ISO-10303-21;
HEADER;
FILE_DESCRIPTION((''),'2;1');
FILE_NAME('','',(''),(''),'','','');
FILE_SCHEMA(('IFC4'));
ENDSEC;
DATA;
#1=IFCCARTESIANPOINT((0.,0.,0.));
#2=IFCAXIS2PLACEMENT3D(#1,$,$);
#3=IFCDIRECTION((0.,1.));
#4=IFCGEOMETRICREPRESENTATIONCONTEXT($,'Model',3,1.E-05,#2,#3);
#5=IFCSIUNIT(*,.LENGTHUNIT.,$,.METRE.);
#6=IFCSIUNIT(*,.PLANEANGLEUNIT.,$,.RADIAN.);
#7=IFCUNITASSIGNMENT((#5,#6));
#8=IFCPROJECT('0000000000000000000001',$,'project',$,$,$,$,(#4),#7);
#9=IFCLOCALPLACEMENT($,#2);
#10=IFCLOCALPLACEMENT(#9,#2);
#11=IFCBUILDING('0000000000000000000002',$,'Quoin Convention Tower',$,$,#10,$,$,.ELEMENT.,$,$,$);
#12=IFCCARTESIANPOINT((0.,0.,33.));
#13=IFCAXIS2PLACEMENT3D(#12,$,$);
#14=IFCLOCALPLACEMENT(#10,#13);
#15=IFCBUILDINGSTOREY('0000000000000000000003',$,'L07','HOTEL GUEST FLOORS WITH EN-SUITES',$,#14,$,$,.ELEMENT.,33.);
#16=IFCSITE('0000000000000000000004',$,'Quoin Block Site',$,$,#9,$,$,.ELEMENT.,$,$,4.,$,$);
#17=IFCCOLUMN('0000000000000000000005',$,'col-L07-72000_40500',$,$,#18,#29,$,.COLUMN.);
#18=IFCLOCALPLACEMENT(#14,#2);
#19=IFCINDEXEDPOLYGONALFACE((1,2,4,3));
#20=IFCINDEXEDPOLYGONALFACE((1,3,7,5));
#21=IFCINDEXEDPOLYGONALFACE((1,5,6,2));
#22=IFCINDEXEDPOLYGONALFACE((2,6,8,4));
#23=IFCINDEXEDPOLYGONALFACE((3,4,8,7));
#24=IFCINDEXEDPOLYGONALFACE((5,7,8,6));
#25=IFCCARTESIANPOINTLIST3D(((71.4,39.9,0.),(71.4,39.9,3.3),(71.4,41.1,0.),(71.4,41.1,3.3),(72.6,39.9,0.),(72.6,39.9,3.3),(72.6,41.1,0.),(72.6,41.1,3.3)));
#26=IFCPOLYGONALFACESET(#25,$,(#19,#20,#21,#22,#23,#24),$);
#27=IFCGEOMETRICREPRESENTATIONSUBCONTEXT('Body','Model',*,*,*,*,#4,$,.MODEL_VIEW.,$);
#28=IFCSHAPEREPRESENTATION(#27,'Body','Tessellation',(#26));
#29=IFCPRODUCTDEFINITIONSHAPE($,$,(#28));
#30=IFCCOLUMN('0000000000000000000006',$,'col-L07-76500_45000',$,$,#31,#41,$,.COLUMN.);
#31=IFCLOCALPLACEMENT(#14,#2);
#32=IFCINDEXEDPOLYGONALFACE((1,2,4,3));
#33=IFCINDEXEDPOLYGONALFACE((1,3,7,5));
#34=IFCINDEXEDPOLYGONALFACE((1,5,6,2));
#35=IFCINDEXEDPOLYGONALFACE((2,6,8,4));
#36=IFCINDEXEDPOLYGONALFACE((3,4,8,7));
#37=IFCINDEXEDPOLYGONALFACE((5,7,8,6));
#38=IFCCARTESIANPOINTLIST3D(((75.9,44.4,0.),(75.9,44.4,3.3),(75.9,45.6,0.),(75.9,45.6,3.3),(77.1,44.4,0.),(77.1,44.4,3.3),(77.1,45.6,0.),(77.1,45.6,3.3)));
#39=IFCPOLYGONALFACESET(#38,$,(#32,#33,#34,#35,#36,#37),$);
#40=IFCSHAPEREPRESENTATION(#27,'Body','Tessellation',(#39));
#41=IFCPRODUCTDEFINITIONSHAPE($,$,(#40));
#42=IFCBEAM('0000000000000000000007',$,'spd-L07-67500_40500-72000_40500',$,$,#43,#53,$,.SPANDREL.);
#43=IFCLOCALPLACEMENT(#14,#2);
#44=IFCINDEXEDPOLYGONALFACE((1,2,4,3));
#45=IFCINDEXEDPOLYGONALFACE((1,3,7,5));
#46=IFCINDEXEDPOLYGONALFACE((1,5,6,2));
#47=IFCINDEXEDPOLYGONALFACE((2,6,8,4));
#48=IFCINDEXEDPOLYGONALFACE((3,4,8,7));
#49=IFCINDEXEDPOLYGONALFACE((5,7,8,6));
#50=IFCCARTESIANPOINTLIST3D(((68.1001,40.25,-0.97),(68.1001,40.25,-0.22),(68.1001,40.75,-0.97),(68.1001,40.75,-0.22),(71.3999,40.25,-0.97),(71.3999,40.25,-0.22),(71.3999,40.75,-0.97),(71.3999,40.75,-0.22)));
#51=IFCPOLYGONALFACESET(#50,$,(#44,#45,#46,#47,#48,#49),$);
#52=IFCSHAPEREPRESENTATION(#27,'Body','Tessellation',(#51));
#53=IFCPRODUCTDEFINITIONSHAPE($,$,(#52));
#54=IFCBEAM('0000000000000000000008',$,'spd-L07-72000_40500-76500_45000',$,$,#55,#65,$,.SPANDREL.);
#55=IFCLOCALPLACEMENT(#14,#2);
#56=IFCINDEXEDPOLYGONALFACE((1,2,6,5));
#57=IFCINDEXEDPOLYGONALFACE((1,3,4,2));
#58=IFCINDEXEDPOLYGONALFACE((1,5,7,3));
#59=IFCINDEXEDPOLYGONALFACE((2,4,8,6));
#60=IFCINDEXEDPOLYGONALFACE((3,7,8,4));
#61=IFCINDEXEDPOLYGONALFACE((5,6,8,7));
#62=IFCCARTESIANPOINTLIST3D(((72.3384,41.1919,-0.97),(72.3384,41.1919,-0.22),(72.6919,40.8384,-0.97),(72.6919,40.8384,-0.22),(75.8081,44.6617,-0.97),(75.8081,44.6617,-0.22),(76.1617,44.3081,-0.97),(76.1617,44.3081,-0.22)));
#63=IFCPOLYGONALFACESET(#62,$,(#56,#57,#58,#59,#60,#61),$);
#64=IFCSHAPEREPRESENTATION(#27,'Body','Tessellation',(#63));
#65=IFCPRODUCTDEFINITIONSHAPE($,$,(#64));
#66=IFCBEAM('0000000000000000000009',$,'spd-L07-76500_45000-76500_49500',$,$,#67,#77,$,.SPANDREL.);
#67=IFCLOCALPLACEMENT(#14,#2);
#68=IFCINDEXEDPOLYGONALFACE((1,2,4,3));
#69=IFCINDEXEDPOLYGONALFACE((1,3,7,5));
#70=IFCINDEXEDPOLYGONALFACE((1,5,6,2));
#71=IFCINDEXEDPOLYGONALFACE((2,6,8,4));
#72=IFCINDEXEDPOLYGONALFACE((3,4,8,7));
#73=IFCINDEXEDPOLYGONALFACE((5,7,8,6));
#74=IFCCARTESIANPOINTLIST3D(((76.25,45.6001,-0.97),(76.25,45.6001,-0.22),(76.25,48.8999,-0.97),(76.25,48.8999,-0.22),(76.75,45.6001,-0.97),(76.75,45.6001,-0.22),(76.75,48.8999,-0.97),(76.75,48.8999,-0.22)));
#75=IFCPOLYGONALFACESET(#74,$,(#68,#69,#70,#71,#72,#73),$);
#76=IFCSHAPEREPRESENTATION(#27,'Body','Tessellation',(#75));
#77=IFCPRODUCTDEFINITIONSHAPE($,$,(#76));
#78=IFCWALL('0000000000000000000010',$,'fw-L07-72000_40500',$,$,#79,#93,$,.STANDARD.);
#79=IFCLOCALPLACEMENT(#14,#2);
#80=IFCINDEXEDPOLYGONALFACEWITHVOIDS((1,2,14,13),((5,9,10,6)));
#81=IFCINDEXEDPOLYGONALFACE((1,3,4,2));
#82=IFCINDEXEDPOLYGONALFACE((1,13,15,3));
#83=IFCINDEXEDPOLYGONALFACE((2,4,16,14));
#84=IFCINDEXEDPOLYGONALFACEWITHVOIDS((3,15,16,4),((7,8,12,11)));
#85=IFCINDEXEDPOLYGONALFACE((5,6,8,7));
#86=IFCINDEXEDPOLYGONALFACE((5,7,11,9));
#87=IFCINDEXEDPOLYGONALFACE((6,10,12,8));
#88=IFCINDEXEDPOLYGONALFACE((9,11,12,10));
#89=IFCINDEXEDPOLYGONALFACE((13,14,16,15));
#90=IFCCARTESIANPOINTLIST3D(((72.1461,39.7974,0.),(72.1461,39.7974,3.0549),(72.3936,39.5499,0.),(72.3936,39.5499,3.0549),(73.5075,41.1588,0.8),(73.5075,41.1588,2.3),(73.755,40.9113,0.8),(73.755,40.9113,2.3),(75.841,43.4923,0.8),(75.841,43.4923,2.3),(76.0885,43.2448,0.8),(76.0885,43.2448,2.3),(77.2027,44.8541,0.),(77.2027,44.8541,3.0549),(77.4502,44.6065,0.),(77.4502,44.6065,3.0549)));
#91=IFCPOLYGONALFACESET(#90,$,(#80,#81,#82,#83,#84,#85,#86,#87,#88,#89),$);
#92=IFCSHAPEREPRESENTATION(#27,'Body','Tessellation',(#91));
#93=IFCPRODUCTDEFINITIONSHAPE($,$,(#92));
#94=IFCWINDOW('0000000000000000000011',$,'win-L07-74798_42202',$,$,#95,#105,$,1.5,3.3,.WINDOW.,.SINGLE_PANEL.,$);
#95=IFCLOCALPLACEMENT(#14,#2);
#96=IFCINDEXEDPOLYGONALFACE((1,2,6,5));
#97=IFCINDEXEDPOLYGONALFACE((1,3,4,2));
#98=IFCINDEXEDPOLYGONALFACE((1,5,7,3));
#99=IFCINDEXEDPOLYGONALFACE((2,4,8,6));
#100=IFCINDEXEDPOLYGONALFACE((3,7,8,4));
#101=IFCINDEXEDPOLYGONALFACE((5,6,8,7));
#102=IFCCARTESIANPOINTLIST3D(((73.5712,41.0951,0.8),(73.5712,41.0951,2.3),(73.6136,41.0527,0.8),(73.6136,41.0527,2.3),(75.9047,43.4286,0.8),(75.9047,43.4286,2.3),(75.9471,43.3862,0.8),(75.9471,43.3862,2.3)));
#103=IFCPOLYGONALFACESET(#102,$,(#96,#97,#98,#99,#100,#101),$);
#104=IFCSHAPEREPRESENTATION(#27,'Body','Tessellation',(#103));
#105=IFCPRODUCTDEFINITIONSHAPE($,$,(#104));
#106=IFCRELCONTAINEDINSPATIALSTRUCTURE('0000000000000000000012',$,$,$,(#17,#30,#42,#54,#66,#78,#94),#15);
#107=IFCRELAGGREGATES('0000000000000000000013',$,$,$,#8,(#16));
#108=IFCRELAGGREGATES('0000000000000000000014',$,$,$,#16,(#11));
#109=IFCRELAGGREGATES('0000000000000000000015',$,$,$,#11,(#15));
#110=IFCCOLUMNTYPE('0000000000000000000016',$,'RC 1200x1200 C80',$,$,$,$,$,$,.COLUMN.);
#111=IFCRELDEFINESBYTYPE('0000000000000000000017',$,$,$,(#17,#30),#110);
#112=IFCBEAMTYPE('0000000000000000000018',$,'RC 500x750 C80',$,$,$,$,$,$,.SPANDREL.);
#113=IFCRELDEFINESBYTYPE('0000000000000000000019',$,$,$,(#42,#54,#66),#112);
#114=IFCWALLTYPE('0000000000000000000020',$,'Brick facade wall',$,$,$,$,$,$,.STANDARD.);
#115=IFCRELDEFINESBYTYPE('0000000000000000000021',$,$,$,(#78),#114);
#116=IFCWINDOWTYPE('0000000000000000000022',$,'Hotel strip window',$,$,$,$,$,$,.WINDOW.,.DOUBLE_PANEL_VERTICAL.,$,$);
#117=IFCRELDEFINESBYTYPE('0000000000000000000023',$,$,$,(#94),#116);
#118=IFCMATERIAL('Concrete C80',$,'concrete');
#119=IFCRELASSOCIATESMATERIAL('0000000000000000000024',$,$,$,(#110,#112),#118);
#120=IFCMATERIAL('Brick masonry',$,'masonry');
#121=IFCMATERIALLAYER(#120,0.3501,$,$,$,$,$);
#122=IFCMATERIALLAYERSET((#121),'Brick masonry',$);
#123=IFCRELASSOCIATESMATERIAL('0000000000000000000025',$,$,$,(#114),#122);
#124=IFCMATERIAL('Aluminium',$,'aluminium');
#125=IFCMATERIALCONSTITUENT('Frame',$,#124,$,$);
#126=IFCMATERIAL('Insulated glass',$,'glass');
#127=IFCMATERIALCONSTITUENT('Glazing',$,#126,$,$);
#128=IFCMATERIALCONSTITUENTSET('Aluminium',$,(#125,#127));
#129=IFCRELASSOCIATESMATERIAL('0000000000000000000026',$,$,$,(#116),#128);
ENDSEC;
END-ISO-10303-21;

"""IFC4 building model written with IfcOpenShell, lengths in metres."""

from ifc_helpers import new_model, si_unit, direction, frame, frame_2d, origin, origin_2d, place, context, subcontext, project, spatial, rectangle, extrude, material, layer, layer_set, constituent, constituent_set, material_profile, profile_set, type_object, element, fill, save


model = new_model("IFC4")

# Units and contexts
model_context = context("Model", 3, precision=1e-05, world=origin(), true_north=direction((0.0, 1.0)))
body_context = subcontext(model_context, "Body", "Model", "MODEL_VIEW")
ifc_project = project(units=[si_unit("LENGTHUNIT", "METRE"), si_unit("PLANEANGLEUNIT", "RADIAN")], contexts=[model_context])

# Site, building, storey
site_placement = place(None, origin())
site = spatial("IfcSite", under=ifc_project, at=site_placement, Name="Quoin Block Site", CompositionType="ELEMENT", RefElevation=4.0)
building_placement = place(site_placement, origin())
building = spatial("IfcBuilding", under=site, at=building_placement, Name="Quoin Convention Tower", CompositionType="ELEMENT")
storey_placement = place(building_placement, frame((0.0, 0.0, 33.0)))
storey = spatial("IfcBuildingStorey", under=building, at=storey_placement, Name="L07", Description="HOTEL GUEST FLOORS WITH EN-SUITES", CompositionType="ELEMENT", Elevation=33.0)

# Columns
ifc_material_1 = material(Name="Concrete C80", Category="concrete")
ifc_material_profile_1 = material_profile(ifc_material_1, rectangle(XDim=1.2, YDim=1.2, at=origin_2d()), Name="RC 1200x1200")
ifc_profile_set_1 = profile_set([ifc_material_profile_1], Name="Concrete C80")
column_type = type_object("IfcColumnType", Name="RC 1200x1200 C80", PredefinedType="COLUMN", material=ifc_profile_set_1)
for number, where, z_axis, x_axis, name in (
    (1, (72.0, 40.5, 0.0), (0.0, 0.0, 1.0), (1.0, 0.0, 0.0), "col-L07-72000_40500"),
    (2, (76.5, 45.0, 0.0), (0.0, 0.0, 1.0), (1.0, 0.0, 0.0), "col-L07-76500_45000"),
):
    element("IfcColumn", number, at=place(storey_placement, frame(where, z_axis=z_axis, x_axis=x_axis)), inside=storey, type_object=column_type, Name=name, PredefinedType="COLUMN", context=body_context, shape_type="SweptSolid", body=[
        extrude(rectangle(XDim=1.2, YDim=1.2, at=origin_2d()), origin(), (0.0, 0.0, 1.0), 3.3),
    ])

# Beams
ifc_material_profile_2 = material_profile(ifc_material_1, rectangle(XDim=0.5, YDim=0.75, at=origin_2d()), Name="RC 500x750")
ifc_profile_set_2 = profile_set([ifc_material_profile_2], Name="Concrete C80")
beam_type = type_object("IfcBeamType", Name="RC 500x750 C80", PredefinedType="SPANDREL", material=ifc_profile_set_2)
beam_1_placement = place(storey_placement, frame((68.1001, 40.5, -0.595), z_axis=(1.0, 0.0, 0.0), x_axis=(0.0, 1.0, 0.0)))
element("IfcBeam", 3, at=beam_1_placement, inside=storey, type_object=beam_type, Name="spd-L07-67500_40500-72000_40500", PredefinedType="SPANDREL", context=body_context, shape_type="SweptSolid", body=[
    extrude(rectangle(XDim=0.5, YDim=0.75, at=origin_2d()), origin(), (0.0, 0.0, 1.0), 3.2998),
])
beam_2_placement = place(storey_placement, frame((72.5151, 41.0151, -0.595), z_axis=(0.707107, 0.707107, 0.0), x_axis=(-0.707107, 0.707107, 0.0)))
element("IfcBeam", 4, at=beam_2_placement, inside=storey, type_object=beam_type, Name="spd-L07-72000_40500-76500_45000", PredefinedType="SPANDREL", context=body_context, shape_type="SweptSolid", body=[
    extrude(rectangle(XDim=0.5, YDim=0.75, at=origin_2d()), origin(), (0.0, 0.0, 1.0), 4.907),
])
beam_3_placement = place(storey_placement, frame((76.5, 45.6001, -0.595), z_axis=(0.0, 1.0, 0.0), x_axis=(-1.0, 0.0, 0.0)))
element("IfcBeam", 5, at=beam_3_placement, inside=storey, type_object=beam_type, Name="spd-L07-76500_45000-76500_49500", PredefinedType="SPANDREL", context=body_context, shape_type="SweptSolid", body=[
    extrude(rectangle(XDim=0.5, YDim=0.75, at=origin_2d()), origin(), (0.0, 0.0, 1.0), 3.2998),
])

# Wall, opening, window
ifc_material_2 = material(Name="Brick masonry", Category="masonry")
ifc_layer_1 = layer(ifc_material_2, 0.3501)
ifc_layer_set_1 = layer_set([ifc_layer_1], Name="Brick masonry")
wall_type_1 = type_object("IfcWallType", Name="Brick facade wall", PredefinedType="STANDARD", material=ifc_layer_set_1)
wall_1_placement = place(storey_placement, frame((72.2698, 39.6736, 0.0), z_axis=(0.0, 0.0, 1.0), x_axis=(0.707107, 0.707107, 0.0)))
wall_1 = element("IfcWall", 6, at=wall_1_placement, inside=storey, type_object=wall_type_1, Name="fw-L07-72000_40500", PredefinedType="STANDARD", context=body_context, shape_type="SweptSolid", body=[
    extrude(rectangle(XDim=7.1511, YDim=0.3501, at=frame_2d((3.5757, 0.0))), origin(), (0.0, 0.0, 1.0), 3.0549),
])
opening_1_placement = place(wall_1_placement, frame((1.9255, 0.0, 0.8)))
opening_1 = element("IfcOpeningElement", 7, at=opening_1_placement, cuts=wall_1, PredefinedType="OPENING", context=body_context, shape_type="SweptSolid", body=[
    extrude(rectangle(XDim=3.3, YDim=1.5, at=frame_2d((1.6499, 0.75))), frame((0.0, 0.1851, 0.0), z_axis=(0.0, -1.0, 0.0), x_axis=(1.0, 0.0, 0.0)), (0.0, 0.0, 1.0), 0.3701),
])
ifc_material_3 = material(Name="Aluminium", Category="aluminium")
ifc_constituent_1 = constituent(ifc_material_3, Name="Frame")
ifc_material_4 = material(Name="Insulated glass", Category="glass")
ifc_constituent_2 = constituent(ifc_material_4, Name="Glazing")
ifc_constituent_set = constituent_set(constituents=[ifc_constituent_1, ifc_constituent_2], Name="Aluminium")
window_type = type_object("IfcWindowType", Name="Hotel strip window", PartitioningType="DOUBLE_PANEL_VERTICAL", PredefinedType="WINDOW", material=ifc_constituent_set)
window_1_placement = place(opening_1_placement, origin())
window_1 = element("IfcWindow", 8, at=window_1_placement, inside=storey, type_object=window_type, Name="win-L07-74798_42202", OverallHeight=1.5, OverallWidth=3.3, PartitioningType="SINGLE_PANEL", PredefinedType="WINDOW", context=body_context, shape_type="SweptSolid", body=[
    extrude(rectangle(XDim=3.3, YDim=1.5, at=frame_2d((1.6499, 0.75))), frame((0.0, 0.085, 0.0), z_axis=(0.0, -1.0, 0.0), x_axis=(1.0, 0.0, 0.0)), (0.0, 0.0, 1.0), 0.0601),
])
fill(opening_1, window_1)

save(model, "model.ifc")
